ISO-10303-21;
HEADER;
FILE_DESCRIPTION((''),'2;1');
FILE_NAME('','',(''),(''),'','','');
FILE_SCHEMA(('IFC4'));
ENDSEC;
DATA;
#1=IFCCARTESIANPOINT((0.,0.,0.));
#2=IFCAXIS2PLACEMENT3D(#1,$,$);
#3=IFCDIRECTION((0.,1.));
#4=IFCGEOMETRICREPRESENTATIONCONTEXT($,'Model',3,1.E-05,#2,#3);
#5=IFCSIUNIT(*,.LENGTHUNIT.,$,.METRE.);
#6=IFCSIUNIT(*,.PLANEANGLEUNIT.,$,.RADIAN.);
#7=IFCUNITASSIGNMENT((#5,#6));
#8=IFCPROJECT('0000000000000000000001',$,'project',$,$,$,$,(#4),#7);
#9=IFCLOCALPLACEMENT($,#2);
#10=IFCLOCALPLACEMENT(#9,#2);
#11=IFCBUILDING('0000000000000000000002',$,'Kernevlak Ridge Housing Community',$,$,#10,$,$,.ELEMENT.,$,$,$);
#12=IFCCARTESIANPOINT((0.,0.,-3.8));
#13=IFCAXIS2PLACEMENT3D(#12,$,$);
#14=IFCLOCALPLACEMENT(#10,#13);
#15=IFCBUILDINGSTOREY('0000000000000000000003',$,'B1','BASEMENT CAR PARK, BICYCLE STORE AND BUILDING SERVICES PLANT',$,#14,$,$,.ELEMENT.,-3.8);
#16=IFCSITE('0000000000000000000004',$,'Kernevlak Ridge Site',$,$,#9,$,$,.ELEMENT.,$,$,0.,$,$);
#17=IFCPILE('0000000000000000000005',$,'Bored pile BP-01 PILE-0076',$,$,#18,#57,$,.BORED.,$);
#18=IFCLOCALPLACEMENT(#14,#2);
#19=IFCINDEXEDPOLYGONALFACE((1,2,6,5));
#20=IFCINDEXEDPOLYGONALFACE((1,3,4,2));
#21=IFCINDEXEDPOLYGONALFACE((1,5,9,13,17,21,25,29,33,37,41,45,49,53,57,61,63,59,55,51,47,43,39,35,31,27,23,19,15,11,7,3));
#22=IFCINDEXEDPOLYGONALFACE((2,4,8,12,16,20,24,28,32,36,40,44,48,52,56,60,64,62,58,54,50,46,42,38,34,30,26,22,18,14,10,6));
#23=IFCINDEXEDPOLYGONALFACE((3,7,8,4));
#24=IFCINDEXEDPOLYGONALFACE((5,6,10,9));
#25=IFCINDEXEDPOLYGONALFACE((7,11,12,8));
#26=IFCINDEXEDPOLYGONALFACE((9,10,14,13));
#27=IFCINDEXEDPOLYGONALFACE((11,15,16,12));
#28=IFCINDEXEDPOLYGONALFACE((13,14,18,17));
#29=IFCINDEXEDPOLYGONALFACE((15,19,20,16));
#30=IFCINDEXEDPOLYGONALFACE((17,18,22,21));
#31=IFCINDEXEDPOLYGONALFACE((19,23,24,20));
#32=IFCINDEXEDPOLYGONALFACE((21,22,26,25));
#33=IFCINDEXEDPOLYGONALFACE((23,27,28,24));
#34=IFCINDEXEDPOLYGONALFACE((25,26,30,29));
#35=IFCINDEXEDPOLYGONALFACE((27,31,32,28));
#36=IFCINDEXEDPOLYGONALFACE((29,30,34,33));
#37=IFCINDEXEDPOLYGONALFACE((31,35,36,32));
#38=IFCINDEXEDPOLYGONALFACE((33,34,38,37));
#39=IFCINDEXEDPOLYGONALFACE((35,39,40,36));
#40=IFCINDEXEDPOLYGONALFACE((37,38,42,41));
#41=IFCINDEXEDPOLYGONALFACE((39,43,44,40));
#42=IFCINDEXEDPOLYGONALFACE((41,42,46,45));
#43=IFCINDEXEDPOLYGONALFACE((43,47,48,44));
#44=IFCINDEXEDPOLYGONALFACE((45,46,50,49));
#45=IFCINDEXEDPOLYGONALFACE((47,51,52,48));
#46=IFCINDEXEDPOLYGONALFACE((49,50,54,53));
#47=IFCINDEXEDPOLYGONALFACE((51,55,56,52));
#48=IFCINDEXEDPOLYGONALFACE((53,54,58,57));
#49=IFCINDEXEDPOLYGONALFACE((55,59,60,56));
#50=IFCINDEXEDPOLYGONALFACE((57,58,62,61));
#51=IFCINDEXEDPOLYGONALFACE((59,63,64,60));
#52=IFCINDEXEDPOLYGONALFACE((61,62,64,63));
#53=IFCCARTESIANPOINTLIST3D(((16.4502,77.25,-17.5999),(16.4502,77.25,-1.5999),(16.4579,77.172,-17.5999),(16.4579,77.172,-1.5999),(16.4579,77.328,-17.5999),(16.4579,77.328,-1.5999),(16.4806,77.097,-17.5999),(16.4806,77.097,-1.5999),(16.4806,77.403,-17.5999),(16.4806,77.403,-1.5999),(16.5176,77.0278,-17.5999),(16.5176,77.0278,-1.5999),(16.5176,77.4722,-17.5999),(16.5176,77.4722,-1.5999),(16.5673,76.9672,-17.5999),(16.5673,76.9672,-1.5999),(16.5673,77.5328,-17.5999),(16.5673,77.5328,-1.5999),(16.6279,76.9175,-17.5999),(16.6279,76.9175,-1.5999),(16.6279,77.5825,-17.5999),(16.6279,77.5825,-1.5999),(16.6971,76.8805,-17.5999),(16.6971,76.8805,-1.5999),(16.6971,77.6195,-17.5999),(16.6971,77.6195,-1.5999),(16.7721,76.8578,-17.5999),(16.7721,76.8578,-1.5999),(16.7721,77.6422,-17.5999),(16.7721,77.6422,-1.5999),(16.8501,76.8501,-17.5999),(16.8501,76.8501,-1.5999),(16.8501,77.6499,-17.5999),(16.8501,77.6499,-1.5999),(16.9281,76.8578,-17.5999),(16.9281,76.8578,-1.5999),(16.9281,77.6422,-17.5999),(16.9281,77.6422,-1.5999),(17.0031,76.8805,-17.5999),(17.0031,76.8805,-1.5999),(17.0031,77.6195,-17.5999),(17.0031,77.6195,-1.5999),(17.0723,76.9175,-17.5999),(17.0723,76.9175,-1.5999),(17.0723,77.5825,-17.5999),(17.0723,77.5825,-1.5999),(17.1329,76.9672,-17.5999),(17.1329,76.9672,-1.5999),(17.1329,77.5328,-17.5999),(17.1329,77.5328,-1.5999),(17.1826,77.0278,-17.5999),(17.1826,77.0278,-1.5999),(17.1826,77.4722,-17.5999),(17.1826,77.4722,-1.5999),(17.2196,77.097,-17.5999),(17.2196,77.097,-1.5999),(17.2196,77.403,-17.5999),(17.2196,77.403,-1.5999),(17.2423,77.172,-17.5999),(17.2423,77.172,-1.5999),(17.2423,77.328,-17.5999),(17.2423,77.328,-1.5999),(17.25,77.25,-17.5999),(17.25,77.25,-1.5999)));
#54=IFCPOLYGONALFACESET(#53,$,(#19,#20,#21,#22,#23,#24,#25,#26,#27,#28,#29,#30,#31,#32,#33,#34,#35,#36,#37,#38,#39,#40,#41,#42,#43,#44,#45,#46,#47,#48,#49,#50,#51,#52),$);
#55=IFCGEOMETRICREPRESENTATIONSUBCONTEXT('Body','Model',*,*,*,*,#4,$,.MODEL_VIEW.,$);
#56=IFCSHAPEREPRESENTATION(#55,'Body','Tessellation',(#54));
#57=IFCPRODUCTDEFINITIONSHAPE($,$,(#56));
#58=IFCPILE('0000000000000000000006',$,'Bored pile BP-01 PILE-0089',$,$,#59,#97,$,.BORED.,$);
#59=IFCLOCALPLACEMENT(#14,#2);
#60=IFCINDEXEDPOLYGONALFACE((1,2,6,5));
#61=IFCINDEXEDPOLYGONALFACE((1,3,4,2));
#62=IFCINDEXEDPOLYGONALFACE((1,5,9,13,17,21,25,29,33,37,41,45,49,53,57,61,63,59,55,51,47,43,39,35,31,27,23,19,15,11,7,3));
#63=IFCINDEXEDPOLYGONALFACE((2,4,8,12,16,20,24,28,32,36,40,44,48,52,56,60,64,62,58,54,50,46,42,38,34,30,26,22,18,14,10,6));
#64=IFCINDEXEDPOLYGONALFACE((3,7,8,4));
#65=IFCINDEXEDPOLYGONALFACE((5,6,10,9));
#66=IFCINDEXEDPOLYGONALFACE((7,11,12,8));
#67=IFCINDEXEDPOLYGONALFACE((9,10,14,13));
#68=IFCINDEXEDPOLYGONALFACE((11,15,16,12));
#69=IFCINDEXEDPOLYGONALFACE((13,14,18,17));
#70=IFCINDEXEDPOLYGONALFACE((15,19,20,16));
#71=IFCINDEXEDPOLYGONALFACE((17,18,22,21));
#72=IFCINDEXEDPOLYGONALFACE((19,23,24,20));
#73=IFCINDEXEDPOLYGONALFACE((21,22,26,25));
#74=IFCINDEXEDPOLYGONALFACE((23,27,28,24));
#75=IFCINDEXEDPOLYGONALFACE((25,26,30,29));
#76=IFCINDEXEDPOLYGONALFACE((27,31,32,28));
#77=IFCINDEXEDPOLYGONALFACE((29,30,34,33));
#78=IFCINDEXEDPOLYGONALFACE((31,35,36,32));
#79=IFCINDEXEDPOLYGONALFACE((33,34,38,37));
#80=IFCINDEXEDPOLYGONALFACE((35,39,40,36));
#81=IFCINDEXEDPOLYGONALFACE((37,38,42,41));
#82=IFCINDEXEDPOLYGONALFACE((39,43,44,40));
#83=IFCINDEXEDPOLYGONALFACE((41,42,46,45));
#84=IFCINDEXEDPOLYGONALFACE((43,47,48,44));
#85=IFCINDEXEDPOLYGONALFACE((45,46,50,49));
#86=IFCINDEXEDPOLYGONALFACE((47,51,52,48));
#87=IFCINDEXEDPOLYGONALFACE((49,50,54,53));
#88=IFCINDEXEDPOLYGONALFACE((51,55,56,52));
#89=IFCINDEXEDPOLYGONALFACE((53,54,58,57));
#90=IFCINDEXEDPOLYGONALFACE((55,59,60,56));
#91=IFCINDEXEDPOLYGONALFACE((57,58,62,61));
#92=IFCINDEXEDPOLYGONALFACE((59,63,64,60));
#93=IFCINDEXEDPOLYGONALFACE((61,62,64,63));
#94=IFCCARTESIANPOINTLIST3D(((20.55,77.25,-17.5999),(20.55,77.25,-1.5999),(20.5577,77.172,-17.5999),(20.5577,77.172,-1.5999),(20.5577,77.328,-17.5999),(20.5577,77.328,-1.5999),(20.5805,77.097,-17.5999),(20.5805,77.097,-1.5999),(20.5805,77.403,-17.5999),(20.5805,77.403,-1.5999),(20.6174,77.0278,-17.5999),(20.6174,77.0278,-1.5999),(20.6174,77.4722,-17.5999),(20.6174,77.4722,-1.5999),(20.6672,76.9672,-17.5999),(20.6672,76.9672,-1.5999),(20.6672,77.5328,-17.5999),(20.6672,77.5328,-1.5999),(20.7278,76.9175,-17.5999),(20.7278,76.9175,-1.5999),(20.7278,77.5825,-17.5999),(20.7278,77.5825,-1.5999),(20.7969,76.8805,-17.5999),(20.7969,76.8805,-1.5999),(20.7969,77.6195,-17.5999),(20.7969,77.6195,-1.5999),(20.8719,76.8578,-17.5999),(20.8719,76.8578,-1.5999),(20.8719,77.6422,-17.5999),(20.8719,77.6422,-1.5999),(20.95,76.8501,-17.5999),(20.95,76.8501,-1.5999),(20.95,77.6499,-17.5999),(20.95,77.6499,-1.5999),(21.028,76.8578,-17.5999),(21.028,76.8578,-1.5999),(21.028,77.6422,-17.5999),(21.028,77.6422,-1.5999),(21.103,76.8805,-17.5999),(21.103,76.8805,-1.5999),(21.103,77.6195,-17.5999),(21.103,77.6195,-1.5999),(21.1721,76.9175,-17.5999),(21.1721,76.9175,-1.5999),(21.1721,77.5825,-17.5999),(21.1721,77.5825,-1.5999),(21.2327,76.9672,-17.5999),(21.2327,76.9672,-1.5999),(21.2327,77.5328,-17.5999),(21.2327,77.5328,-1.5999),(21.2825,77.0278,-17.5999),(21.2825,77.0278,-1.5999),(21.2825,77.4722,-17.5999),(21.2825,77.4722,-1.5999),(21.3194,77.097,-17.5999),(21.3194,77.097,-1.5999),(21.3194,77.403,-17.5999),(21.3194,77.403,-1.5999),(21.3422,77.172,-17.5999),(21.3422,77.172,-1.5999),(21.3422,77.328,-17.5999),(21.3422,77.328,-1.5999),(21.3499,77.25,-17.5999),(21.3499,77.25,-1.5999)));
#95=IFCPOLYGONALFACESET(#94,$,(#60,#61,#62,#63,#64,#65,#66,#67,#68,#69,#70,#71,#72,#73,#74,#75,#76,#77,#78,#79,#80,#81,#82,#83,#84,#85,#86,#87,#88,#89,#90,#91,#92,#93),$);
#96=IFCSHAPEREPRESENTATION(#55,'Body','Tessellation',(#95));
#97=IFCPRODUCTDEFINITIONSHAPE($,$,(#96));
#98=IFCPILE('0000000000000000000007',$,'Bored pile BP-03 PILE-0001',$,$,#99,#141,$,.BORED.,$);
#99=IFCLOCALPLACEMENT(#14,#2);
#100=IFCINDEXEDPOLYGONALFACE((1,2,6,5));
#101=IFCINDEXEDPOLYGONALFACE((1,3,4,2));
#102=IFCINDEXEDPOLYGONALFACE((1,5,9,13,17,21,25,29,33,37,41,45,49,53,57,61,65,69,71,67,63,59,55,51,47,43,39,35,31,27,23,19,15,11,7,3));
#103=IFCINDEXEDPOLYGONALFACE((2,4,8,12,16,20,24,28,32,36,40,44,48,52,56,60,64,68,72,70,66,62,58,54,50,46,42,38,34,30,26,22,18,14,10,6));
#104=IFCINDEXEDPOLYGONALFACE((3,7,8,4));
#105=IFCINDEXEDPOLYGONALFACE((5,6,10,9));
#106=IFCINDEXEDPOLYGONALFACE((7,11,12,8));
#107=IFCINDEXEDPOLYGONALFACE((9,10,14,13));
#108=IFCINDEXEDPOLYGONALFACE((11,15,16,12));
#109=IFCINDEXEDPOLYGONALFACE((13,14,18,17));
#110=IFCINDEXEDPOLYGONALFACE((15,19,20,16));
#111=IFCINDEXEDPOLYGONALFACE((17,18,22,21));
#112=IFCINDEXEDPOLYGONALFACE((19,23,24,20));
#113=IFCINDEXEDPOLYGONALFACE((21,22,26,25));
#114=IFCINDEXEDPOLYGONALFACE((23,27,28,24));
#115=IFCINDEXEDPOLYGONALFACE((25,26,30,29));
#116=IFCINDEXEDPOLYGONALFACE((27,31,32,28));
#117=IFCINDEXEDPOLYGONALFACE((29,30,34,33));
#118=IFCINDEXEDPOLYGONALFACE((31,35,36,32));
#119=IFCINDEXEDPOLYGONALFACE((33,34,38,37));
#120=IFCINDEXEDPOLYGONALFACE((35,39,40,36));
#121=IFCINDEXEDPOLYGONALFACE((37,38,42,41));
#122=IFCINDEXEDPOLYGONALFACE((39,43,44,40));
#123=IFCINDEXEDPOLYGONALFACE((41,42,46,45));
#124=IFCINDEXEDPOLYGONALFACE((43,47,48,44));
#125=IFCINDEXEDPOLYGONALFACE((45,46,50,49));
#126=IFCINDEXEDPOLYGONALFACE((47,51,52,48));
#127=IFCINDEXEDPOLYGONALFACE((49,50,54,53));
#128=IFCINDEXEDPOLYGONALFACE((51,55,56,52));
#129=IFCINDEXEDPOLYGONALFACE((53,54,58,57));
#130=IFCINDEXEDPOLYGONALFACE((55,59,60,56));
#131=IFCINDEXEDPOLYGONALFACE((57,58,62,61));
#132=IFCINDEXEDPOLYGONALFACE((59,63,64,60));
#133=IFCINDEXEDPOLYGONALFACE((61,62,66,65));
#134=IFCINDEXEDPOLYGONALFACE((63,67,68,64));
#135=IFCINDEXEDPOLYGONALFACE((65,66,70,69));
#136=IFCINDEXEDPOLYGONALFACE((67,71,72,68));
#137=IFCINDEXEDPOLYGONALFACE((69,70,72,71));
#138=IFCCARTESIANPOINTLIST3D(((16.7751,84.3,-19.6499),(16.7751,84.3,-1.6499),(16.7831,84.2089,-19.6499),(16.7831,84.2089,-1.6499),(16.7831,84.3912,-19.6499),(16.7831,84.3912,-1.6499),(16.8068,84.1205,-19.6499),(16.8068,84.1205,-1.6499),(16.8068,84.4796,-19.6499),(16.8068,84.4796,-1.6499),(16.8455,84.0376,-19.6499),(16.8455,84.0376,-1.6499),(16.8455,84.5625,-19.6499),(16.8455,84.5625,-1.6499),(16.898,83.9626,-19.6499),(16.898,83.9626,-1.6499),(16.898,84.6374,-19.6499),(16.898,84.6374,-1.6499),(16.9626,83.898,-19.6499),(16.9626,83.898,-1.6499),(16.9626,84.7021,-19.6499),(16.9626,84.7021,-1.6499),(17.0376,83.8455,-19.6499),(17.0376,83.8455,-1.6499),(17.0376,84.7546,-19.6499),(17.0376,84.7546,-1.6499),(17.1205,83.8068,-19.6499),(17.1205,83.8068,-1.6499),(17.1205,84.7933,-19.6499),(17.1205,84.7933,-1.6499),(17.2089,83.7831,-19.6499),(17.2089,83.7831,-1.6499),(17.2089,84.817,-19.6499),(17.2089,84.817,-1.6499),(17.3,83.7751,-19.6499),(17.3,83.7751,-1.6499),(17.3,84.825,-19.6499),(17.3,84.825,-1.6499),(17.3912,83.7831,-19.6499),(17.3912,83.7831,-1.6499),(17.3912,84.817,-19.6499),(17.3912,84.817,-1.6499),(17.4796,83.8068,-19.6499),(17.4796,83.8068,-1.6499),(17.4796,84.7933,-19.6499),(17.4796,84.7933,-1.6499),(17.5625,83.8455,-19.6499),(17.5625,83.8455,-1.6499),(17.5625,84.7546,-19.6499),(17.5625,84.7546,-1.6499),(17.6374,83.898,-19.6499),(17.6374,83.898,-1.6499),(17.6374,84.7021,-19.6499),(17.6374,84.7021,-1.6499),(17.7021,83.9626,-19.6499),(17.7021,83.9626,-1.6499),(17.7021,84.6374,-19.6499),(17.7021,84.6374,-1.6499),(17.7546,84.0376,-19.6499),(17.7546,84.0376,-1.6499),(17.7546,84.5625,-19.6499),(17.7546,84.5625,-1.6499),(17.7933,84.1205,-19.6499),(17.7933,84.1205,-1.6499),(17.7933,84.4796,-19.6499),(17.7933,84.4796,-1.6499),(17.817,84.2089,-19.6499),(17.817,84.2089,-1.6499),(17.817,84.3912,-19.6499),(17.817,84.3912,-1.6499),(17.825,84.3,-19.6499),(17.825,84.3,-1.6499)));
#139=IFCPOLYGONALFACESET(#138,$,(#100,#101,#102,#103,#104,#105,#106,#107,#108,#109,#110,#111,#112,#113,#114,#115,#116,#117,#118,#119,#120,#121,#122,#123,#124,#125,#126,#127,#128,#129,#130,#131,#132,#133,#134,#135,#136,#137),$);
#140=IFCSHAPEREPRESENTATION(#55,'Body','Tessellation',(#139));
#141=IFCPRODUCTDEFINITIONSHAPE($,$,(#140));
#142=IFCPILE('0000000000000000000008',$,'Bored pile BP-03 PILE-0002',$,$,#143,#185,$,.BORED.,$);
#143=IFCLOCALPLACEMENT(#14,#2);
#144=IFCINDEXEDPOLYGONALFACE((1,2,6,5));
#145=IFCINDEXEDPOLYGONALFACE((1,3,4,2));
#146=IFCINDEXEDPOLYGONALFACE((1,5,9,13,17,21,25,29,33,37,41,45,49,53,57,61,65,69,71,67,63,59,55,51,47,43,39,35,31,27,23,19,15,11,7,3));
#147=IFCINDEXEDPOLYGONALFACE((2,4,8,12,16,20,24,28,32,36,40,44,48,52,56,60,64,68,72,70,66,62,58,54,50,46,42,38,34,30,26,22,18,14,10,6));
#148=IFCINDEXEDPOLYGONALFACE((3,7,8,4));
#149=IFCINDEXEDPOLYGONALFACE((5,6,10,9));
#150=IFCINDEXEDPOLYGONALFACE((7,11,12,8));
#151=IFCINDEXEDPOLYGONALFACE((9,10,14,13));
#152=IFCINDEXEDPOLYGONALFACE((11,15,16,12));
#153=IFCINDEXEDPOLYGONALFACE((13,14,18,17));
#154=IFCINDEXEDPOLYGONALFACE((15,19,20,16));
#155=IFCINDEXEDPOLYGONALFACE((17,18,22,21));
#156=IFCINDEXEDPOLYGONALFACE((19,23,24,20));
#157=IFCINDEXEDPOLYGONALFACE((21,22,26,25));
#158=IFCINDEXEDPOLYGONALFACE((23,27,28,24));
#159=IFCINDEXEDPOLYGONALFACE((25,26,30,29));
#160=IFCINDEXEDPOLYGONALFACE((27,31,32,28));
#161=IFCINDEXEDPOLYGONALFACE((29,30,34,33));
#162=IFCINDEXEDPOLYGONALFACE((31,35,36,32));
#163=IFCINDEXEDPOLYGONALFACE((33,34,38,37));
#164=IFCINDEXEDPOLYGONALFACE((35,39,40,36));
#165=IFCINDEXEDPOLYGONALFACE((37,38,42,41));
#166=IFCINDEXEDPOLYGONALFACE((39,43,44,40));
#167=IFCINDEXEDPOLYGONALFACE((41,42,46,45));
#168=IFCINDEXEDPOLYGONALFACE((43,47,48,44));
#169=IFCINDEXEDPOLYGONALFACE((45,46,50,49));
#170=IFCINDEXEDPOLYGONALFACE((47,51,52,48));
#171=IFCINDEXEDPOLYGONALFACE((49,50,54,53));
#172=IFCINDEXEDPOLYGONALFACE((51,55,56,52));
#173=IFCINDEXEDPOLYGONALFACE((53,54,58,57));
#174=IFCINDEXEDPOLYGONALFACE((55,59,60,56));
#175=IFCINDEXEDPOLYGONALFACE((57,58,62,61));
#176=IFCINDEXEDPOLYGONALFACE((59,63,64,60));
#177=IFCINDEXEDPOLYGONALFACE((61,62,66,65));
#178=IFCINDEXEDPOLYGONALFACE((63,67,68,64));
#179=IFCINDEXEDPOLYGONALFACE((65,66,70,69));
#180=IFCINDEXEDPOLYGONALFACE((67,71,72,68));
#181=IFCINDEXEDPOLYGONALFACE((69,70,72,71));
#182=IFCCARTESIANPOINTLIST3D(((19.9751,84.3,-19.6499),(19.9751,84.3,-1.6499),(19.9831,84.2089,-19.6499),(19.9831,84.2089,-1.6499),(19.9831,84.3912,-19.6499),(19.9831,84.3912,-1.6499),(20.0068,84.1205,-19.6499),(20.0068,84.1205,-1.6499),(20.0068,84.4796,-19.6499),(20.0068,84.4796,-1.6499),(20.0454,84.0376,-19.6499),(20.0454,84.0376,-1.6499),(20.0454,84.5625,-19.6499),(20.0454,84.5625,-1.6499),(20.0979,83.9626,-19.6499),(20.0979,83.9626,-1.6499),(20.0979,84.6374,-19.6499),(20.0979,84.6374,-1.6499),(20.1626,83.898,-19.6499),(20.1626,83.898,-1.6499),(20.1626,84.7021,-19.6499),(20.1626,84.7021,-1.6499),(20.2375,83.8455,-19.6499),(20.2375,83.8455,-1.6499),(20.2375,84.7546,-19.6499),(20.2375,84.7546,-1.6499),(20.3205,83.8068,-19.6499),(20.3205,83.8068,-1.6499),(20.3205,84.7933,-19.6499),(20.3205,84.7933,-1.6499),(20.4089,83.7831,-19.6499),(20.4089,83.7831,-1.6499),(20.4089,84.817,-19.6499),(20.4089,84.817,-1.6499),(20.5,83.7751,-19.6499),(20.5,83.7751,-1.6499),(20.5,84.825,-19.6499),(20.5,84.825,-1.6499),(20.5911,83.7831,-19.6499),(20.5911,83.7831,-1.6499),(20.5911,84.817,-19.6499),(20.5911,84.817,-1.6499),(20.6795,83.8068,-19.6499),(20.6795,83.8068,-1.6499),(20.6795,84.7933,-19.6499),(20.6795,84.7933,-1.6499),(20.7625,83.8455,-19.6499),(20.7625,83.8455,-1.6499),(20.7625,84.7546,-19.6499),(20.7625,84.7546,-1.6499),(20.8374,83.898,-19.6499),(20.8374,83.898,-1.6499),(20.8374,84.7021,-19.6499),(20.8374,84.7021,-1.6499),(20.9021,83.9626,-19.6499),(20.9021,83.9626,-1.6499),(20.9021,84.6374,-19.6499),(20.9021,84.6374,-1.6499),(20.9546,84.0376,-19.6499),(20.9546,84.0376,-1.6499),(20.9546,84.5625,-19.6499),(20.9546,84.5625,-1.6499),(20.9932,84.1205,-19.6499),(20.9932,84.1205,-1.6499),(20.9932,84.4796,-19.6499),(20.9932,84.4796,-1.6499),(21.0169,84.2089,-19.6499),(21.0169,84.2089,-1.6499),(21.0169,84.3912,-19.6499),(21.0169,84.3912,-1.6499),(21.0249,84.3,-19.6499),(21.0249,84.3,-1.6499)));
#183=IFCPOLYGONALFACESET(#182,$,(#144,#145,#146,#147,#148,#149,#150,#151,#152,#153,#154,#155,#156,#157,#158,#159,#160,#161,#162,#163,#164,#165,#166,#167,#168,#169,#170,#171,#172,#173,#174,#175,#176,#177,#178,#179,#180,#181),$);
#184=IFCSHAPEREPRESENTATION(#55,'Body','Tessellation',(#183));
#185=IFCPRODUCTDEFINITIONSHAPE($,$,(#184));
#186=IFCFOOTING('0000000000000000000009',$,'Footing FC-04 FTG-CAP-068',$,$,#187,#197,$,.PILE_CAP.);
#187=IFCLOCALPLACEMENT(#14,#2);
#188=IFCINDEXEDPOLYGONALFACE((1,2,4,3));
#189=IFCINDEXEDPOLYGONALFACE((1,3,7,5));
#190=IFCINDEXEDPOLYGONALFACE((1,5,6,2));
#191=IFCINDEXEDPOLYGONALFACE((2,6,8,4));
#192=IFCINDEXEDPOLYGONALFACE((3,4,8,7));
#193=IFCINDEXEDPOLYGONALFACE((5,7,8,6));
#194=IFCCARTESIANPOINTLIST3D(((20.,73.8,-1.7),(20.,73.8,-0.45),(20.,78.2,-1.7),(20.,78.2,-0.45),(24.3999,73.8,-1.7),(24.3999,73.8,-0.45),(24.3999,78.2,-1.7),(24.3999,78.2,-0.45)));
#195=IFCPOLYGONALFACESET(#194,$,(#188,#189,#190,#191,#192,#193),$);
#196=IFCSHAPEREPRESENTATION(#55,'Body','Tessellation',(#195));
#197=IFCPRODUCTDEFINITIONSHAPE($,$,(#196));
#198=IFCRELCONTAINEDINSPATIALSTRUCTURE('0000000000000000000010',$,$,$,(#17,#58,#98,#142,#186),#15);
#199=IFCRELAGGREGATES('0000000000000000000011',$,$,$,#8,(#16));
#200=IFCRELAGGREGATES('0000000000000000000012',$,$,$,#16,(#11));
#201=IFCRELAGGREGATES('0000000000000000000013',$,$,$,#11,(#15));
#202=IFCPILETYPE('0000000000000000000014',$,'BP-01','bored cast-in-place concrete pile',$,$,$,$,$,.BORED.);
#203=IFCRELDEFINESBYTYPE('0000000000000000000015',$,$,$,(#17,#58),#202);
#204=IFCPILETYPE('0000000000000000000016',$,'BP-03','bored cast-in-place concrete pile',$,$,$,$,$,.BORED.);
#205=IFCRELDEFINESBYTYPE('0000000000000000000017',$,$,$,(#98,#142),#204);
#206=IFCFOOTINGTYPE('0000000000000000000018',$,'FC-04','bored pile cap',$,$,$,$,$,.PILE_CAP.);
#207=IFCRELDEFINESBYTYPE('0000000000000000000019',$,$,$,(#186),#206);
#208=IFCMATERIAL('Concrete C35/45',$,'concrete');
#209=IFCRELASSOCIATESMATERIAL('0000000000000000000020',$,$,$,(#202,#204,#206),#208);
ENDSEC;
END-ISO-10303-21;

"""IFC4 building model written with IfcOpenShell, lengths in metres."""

from ifc_helpers import new_model, si_unit, direction, frame, origin, origin_2d, place, context, subcontext, project, spatial, rectangle, circle, extrude, material, material_profile, profile_set, type_object, element, save


model = new_model("IFC4")

# Units and contexts
model_context = context("Model", 3, precision=1e-05, world=origin(), true_north=direction((0.0, 1.0)))
body_context = subcontext(model_context, "Body", "Model", "MODEL_VIEW")
ifc_project = project(units=[si_unit("LENGTHUNIT", "METRE"), si_unit("PLANEANGLEUNIT", "RADIAN")], contexts=[model_context])

# Site, building, storey
site_placement = place(None, origin())
site = spatial("IfcSite", under=ifc_project, at=site_placement, Name="Kernevlak Ridge Site", CompositionType="ELEMENT", RefElevation=0.0)
building_placement = place(site_placement, origin())
building = spatial("IfcBuilding", under=site, at=building_placement, Name="Kernevlak Ridge Housing Community", CompositionType="ELEMENT")
storey_placement = place(building_placement, frame((0.0, 0.0, -3.8)))
storey = spatial("IfcBuildingStorey", under=building, at=storey_placement, Name="B1", Description="BASEMENT CAR PARK, BICYCLE STORE AND BUILDING SERVICES PLANT", CompositionType="ELEMENT", Elevation=-3.8)

# Piles
ifc_material_1 = material(Name="Concrete C35/45", Category="concrete")
ifc_material_profile_1 = material_profile(ifc_material_1, circle(Radius=0.3999, at=origin_2d()), Name="BORED PILE 800")
ifc_profile_set_1 = profile_set([ifc_material_profile_1], Name="Concrete C35/45")
pile_type_1 = type_object("IfcPileType", Name="BP-01", Description="bored cast-in-place concrete pile", PredefinedType="BORED", material=ifc_profile_set_1)
for number, where, z_axis, x_axis, name in (
    (1, (16.8501, 77.25, -1.5999), (0.0, 0.0, -1.0), (1.0, 0.0, 0.0), "Bored pile BP-01 PILE-0076"),
    (2, (20.95, 77.25, -1.5999), (0.0, 0.0, -1.0), (1.0, 0.0, 0.0), "Bored pile BP-01 PILE-0089"),
):
    element("IfcPile", number, at=place(storey_placement, frame(where, z_axis=z_axis, x_axis=x_axis)), inside=storey, type_object=pile_type_1, Name=name, PredefinedType="BORED", context=body_context, shape_type="SweptSolid", body=[
        extrude(circle(Radius=0.3999, at=origin_2d()), origin(), (0.0, 0.0, 1.0), 16.0),
    ])
ifc_material_profile_2 = material_profile(ifc_material_1, circle(Radius=0.5249, at=origin_2d()), Name="BORED PILE 1050")
ifc_profile_set_2 = profile_set([ifc_material_profile_2], Name="Concrete C35/45")
pile_type_2 = type_object("IfcPileType", Name="BP-03", Description="bored cast-in-place concrete pile", PredefinedType="BORED", material=ifc_profile_set_2)
for number, where, z_axis, x_axis, name in (
    (3, (17.3, 84.3, -1.6499), (0.0, 0.0, -1.0), (1.0, 0.0, 0.0), "Bored pile BP-03 PILE-0001"),
    (4, (20.5, 84.3, -1.6499), (0.0, 0.0, -1.0), (1.0, 0.0, 0.0), "Bored pile BP-03 PILE-0002"),
):
    element("IfcPile", number, at=place(storey_placement, frame(where, z_axis=z_axis, x_axis=x_axis)), inside=storey, type_object=pile_type_2, Name=name, PredefinedType="BORED", context=body_context, shape_type="SweptSolid", body=[
        extrude(circle(Radius=0.5249, at=origin_2d()), origin(), (0.0, 0.0, 1.0), 18.0),
    ])

# Footing
footing_type_1 = type_object("IfcFootingType", Name="FC-04", Description="bored pile cap", PredefinedType="PILE_CAP", material=ifc_material_1)
footing_1_placement = place(storey_placement, frame((22.2, 76.0, -1.7), z_axis=(0.0, 0.0, 1.0), x_axis=(1.0, 0.0, 0.0)))
element("IfcFooting", 5, at=footing_1_placement, inside=storey, type_object=footing_type_1, Name="Footing FC-04 FTG-CAP-068", PredefinedType="PILE_CAP", context=body_context, shape_type="SweptSolid", body=[
    extrude(rectangle(XDim=4.3999, YDim=4.3999, at=origin_2d()), origin(), (0.0, 0.0, 1.0), 1.25),
])

save(model, "model.ifc")
